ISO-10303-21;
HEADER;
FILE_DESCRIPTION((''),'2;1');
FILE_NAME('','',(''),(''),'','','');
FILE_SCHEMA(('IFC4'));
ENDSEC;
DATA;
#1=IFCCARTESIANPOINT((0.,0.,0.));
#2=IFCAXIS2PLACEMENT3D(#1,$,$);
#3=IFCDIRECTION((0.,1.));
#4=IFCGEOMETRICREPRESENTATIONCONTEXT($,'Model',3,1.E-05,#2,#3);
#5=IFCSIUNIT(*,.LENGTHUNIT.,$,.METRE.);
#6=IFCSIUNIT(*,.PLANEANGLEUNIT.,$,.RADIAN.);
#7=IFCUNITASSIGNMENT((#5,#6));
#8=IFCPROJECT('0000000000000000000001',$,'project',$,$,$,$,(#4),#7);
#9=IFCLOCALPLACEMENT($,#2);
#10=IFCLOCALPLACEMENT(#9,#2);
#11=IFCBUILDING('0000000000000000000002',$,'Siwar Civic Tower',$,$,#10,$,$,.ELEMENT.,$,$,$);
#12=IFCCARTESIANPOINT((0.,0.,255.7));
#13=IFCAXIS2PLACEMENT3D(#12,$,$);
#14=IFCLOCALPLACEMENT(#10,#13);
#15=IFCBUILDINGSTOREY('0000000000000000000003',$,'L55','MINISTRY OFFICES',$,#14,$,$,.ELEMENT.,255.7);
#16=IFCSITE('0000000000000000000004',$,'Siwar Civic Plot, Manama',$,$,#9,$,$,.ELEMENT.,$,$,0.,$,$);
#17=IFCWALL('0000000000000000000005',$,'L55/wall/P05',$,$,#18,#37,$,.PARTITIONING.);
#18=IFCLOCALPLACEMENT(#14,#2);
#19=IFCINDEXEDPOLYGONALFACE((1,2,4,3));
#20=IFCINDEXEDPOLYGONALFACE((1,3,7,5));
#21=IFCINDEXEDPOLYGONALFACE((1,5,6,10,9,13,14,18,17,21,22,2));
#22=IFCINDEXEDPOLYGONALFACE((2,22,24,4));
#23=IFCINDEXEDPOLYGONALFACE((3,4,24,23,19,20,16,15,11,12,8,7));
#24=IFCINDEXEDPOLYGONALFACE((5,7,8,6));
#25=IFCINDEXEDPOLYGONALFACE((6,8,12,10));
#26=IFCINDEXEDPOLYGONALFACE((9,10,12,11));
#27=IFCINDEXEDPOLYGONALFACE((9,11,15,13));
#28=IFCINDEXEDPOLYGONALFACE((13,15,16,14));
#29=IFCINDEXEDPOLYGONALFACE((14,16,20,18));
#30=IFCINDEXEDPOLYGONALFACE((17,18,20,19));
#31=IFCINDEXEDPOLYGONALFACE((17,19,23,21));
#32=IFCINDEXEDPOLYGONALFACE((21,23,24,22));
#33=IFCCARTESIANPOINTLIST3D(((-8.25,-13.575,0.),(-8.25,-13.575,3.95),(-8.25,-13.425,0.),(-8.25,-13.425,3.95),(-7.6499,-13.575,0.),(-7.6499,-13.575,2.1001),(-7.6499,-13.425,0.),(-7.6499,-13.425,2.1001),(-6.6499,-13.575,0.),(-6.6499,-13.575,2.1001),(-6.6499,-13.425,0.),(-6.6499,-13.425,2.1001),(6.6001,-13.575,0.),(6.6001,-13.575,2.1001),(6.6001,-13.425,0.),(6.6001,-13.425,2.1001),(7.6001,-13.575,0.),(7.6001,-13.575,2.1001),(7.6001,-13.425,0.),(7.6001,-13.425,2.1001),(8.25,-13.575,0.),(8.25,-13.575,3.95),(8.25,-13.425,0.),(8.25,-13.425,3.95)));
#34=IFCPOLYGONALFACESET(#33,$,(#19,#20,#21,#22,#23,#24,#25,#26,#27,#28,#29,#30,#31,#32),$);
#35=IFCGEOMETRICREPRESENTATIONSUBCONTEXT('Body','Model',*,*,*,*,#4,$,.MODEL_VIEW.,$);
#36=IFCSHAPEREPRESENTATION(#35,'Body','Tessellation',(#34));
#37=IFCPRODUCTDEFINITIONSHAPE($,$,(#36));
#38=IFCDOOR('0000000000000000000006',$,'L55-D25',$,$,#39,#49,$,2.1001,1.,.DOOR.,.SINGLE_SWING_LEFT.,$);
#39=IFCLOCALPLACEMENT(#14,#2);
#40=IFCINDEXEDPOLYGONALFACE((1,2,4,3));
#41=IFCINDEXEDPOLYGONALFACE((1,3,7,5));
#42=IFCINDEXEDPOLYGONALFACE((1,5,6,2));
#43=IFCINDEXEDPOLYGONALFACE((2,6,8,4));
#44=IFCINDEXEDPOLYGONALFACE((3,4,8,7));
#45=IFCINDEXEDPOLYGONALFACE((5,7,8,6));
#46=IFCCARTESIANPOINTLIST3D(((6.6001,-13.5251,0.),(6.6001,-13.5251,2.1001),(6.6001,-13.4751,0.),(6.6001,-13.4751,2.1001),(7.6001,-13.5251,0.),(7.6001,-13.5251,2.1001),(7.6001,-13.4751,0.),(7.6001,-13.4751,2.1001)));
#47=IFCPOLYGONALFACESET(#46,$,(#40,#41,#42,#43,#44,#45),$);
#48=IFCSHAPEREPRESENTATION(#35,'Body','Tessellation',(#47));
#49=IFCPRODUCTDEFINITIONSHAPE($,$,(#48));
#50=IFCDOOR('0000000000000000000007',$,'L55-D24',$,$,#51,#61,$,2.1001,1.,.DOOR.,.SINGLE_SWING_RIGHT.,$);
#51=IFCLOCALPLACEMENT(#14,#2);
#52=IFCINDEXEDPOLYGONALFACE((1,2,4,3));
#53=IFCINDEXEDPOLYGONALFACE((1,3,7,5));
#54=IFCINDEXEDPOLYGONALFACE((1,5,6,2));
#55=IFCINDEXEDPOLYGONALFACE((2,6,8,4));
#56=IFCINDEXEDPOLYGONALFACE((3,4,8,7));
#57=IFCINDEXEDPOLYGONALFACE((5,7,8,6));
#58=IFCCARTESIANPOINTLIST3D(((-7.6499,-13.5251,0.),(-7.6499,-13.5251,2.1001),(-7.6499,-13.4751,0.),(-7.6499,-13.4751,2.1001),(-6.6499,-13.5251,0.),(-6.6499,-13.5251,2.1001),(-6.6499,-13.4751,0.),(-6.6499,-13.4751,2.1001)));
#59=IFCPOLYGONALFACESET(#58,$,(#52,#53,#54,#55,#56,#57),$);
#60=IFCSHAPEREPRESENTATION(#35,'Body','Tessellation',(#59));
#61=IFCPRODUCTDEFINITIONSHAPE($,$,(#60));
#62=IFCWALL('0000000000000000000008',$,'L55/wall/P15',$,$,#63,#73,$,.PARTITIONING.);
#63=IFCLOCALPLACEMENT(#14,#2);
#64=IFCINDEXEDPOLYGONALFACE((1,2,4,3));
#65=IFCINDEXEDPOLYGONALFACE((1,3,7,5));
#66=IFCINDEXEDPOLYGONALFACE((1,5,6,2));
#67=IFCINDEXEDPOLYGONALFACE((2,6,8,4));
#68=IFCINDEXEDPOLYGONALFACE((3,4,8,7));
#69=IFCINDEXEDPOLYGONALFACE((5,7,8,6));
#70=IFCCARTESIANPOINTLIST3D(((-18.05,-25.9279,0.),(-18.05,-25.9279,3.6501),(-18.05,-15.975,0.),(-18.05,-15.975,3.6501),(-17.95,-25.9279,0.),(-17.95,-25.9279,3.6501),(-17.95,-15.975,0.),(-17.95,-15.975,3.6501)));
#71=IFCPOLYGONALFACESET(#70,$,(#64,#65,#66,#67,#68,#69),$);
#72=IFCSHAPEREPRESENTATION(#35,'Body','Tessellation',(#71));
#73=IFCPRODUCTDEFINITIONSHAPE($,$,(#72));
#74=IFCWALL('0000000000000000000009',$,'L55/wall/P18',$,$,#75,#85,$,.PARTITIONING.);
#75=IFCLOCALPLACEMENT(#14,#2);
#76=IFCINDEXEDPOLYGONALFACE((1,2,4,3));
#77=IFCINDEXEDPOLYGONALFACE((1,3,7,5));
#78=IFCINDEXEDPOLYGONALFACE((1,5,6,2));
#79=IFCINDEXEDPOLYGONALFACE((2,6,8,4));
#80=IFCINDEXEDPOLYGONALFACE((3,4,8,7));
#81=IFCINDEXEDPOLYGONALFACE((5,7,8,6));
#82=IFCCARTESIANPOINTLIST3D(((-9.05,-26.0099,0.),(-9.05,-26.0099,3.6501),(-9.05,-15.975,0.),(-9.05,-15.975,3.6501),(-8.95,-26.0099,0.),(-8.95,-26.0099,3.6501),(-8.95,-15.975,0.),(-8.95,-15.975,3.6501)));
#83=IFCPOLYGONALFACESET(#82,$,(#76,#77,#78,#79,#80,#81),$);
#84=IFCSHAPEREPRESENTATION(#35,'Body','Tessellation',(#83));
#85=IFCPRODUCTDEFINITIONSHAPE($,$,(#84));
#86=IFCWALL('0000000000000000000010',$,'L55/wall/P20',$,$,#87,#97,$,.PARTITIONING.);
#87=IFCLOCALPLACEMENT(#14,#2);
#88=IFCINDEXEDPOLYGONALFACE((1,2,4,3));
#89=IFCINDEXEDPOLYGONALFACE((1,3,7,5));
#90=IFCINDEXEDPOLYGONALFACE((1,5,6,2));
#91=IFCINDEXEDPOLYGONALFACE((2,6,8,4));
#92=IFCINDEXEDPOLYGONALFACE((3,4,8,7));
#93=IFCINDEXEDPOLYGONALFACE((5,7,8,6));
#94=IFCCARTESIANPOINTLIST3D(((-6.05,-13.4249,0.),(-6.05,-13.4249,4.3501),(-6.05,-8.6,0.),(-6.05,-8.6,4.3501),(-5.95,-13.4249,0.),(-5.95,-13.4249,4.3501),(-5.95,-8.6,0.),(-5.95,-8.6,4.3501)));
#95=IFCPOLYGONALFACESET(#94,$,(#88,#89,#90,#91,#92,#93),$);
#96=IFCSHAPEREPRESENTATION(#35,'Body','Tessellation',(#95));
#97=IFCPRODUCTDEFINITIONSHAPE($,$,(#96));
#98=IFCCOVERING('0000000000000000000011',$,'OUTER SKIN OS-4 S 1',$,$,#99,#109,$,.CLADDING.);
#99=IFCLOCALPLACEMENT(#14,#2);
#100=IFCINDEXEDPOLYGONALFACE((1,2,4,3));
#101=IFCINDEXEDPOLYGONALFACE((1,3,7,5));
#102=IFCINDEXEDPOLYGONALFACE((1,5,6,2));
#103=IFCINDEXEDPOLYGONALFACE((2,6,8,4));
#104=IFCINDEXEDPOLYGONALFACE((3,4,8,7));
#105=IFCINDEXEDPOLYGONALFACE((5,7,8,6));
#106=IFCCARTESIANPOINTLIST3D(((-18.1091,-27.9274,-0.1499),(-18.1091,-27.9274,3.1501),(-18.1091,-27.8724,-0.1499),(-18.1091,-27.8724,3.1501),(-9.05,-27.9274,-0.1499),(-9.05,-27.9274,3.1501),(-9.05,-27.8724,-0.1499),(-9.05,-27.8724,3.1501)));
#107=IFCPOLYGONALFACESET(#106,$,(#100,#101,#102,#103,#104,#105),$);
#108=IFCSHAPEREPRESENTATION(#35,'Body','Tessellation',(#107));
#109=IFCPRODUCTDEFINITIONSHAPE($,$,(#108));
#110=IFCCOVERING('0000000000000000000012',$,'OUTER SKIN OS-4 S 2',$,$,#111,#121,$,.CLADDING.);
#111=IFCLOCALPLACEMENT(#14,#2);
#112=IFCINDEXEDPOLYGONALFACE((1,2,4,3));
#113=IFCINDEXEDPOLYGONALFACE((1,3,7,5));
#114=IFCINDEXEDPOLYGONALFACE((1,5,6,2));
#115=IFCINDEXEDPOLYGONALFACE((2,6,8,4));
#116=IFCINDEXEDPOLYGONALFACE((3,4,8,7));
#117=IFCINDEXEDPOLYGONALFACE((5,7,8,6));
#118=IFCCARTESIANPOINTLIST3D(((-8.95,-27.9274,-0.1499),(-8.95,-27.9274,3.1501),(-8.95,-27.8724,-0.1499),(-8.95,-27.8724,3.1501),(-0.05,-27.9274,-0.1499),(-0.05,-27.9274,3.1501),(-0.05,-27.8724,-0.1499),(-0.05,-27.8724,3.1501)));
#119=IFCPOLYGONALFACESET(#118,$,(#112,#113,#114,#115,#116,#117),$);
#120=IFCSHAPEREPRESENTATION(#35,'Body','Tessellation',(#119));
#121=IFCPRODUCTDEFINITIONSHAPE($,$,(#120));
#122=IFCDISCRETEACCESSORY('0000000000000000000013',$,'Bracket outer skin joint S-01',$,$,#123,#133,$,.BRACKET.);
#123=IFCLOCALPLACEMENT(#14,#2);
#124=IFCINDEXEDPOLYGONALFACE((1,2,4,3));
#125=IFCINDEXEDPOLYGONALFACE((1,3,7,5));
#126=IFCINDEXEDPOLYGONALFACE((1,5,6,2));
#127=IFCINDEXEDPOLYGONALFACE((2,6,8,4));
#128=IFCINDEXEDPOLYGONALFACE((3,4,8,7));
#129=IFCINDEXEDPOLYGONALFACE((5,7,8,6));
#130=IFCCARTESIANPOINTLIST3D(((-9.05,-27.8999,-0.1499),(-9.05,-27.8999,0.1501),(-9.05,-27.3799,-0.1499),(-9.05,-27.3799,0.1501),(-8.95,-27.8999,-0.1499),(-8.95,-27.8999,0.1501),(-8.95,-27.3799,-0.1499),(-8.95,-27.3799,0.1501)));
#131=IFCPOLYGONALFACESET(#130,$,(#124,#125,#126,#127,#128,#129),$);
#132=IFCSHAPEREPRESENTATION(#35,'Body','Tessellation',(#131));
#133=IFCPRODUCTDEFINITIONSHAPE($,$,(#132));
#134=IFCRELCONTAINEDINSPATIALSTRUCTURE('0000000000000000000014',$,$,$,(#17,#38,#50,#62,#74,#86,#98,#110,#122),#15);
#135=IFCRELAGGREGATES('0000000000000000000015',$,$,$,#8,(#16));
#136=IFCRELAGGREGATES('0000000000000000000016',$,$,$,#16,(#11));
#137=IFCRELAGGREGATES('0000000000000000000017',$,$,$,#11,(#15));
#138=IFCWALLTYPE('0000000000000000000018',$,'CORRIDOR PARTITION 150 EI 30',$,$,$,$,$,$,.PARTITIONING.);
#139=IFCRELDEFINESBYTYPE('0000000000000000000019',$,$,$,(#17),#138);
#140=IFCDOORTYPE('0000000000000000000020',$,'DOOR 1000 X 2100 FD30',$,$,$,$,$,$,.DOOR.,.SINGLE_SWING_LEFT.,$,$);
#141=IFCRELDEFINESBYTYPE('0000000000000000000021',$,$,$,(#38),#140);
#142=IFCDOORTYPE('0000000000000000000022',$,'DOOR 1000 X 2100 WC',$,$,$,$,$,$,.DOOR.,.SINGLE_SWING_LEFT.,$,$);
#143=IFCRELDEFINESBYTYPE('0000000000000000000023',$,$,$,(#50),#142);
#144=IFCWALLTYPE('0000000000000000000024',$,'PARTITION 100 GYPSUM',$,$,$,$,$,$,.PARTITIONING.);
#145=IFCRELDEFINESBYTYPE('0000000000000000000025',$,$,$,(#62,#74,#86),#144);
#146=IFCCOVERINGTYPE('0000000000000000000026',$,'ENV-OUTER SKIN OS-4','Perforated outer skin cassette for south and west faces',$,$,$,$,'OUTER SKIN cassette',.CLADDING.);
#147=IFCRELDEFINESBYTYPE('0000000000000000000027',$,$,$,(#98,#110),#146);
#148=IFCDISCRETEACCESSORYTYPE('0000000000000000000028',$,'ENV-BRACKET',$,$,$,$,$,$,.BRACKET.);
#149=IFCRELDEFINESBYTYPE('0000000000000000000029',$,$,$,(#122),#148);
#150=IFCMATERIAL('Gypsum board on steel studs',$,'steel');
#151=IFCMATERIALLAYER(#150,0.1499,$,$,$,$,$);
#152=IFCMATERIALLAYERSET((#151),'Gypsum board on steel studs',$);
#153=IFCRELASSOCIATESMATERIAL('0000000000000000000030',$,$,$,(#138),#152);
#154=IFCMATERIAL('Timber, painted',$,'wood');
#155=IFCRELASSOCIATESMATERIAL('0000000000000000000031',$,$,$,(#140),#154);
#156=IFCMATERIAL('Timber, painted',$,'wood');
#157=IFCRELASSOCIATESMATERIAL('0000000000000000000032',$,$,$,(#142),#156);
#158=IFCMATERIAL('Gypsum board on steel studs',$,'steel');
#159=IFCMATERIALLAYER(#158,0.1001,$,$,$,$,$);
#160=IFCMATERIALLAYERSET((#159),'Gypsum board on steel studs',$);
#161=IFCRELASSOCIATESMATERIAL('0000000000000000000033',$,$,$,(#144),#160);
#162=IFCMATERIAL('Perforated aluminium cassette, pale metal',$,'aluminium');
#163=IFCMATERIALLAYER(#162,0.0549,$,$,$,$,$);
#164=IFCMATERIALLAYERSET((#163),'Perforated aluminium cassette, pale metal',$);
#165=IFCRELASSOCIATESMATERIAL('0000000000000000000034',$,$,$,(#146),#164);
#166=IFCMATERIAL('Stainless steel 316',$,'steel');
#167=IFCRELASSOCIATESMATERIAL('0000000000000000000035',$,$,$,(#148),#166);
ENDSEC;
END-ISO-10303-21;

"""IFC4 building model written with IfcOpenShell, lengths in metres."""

from ifc_helpers import new_model, si_unit, direction, frame, frame_2d, origin, origin_2d, place, context, subcontext, project, spatial, rectangle, extrude, material, layer, layer_set, type_object, element, fill, save


model = new_model("IFC4")

# Units and contexts
model_context = context("Model", 3, precision=1e-05, world=origin(), true_north=direction((0.0, 1.0)))
body_context = subcontext(model_context, "Body", "Model", "MODEL_VIEW")
ifc_project = project(units=[si_unit("LENGTHUNIT", "METRE"), si_unit("PLANEANGLEUNIT", "RADIAN")], contexts=[model_context])

# Site, building, storey
site_placement = place(None, origin())
site = spatial("IfcSite", under=ifc_project, at=site_placement, Name="Siwar Civic Plot, Manama", CompositionType="ELEMENT", RefElevation=0.0)
building_placement = place(site_placement, origin())
building = spatial("IfcBuilding", under=site, at=building_placement, Name="Siwar Civic Tower", CompositionType="ELEMENT")
storey_placement = place(building_placement, frame((0.0, 0.0, 255.7)))
storey = spatial("IfcBuildingStorey", under=building, at=storey_placement, Name="L55", Description="MINISTRY OFFICES", CompositionType="ELEMENT", Elevation=255.7)

# Wall, openings, doors
ifc_material_1 = material(Name="Gypsum board on steel studs", Category="steel")
ifc_layer_1 = layer(ifc_material_1, 0.1499)
ifc_layer_set_1 = layer_set([ifc_layer_1], Name="Gypsum board on steel studs")
wall_type_1 = type_object("IfcWallType", Name="CORRIDOR PARTITION 150 EI 30", PredefinedType="PARTITIONING", material=ifc_layer_set_1)
wall_1_placement = place(storey_placement, frame((-8.25, -13.5, 0.0), z_axis=(0.0, 0.0, 1.0), x_axis=(1.0, 0.0, 0.0)))
wall_1 = element("IfcWall", 1, at=wall_1_placement, inside=storey, type_object=wall_type_1, Name="L55/wall/P05", PredefinedType="PARTITIONING", context=body_context, shape_type="SweptSolid", body=[
    extrude(rectangle(XDim=16.5, YDim=0.1499, at=frame_2d((8.25, 0.0))), origin(), (0.0, 0.0, 1.0), 3.95),
])
opening_1_placement = place(wall_1_placement, frame((0.6001, 0.0, 0.0)))
opening_1 = element("IfcOpeningElement", 2, at=opening_1_placement, cuts=wall_1, PredefinedType="OPENING", context=body_context, shape_type="SweptSolid", body=[
    extrude(rectangle(XDim=1.0, YDim=2.1001, at=frame_2d((0.5, 1.05))), frame((0.0, 0.085, 0.0), z_axis=(0.0, -1.0, 0.0), x_axis=(1.0, 0.0, 0.0)), (0.0, 0.0, 1.0), 0.1699),
])
opening_2_placement = place(wall_1_placement, frame((14.8501, 0.0, 0.0)))
opening_2 = element("IfcOpeningElement", 3, at=opening_2_placement, cuts=wall_1, PredefinedType="OPENING", context=body_context, shape_type="SweptSolid", body=[
    extrude(rectangle(XDim=1.0, YDim=2.1001, at=frame_2d((0.5, 1.05))), frame((0.0, 0.085, 0.0), z_axis=(0.0, -1.0, 0.0), x_axis=(1.0, 0.0, 0.0)), (0.0, 0.0, 1.0), 0.1699),
])
ifc_material_2 = material(Name="Timber, painted", Category="wood")
door_type_1 = type_object("IfcDoorType", Name="DOOR 1000 X 2100 FD30", OperationType="SINGLE_SWING_LEFT", PredefinedType="DOOR", material=ifc_material_2)
door_1_placement = place(opening_2_placement, origin())
door_1 = element("IfcDoor", 4, at=door_1_placement, inside=storey, type_object=door_type_1, Name="L55-D25", OperationType="SINGLE_SWING_LEFT", OverallHeight=2.1001, OverallWidth=1.0, PredefinedType="DOOR", context=body_context, shape_type="SweptSolid", body=[
    extrude(rectangle(XDim=1.0, YDim=2.1001, at=frame_2d((0.5, 1.05))), frame((0.0, 0.0249, 0.0), z_axis=(0.0, -1.0, 0.0), x_axis=(1.0, 0.0, 0.0)), (0.0, 0.0, 1.0), 0.05),
])
fill(opening_2, door_1)
ifc_material_3 = material(Name="Timber, painted", Category="wood")
door_type_2 = type_object("IfcDoorType", Name="DOOR 1000 X 2100 WC", OperationType="SINGLE_SWING_LEFT", PredefinedType="DOOR", material=ifc_material_3)
door_2_placement = place(opening_1_placement, origin())
door_2 = element("IfcDoor", 5, at=door_2_placement, inside=storey, type_object=door_type_2, Name="L55-D24", OperationType="SINGLE_SWING_RIGHT", OverallHeight=2.1001, OverallWidth=1.0, PredefinedType="DOOR", context=body_context, shape_type="SweptSolid", body=[
    extrude(rectangle(XDim=1.0, YDim=2.1001, at=frame_2d((0.5, 1.05))), frame((0.0, 0.0249, 0.0), z_axis=(0.0, -1.0, 0.0), x_axis=(1.0, 0.0, 0.0)), (0.0, 0.0, 1.0), 0.05),
])
fill(opening_1, door_2)

# Walls
ifc_material_4 = material(Name="Gypsum board on steel studs", Category="steel")
ifc_layer_2 = layer(ifc_material_4, 0.1001)
ifc_layer_set_2 = layer_set([ifc_layer_2], Name="Gypsum board on steel studs")
wall_type_2 = type_object("IfcWallType", Name="PARTITION 100 GYPSUM", PredefinedType="PARTITIONING", material=ifc_layer_set_2)
wall_2_placement = place(storey_placement, frame((-18.0, -25.928, 0.0), z_axis=(0.0, 0.0, 1.0), x_axis=(0.0, 1.0, 0.0)))
element("IfcWall", 6, at=wall_2_placement, inside=storey, type_object=wall_type_2, Name="L55/wall/P15", PredefinedType="PARTITIONING", context=body_context, shape_type="SweptSolid", body=[
    extrude(rectangle(XDim=9.9529, YDim=0.1001, at=frame_2d((4.9766, 0.0))), origin(), (0.0, 0.0, 1.0), 3.6501),
])
wall_3_placement = place(storey_placement, frame((-9.0, -26.01, 0.0), z_axis=(0.0, 0.0, 1.0), x_axis=(0.0, 1.0, 0.0)))
element("IfcWall", 7, at=wall_3_placement, inside=storey, type_object=wall_type_2, Name="L55/wall/P18", PredefinedType="PARTITIONING", context=body_context, shape_type="SweptSolid", body=[
    extrude(rectangle(XDim=10.0349, YDim=0.1001, at=frame_2d((5.0176, 0.0))), origin(), (0.0, 0.0, 1.0), 3.6501),
])
wall_4_placement = place(storey_placement, frame((-6.0, -13.425, 0.0), z_axis=(0.0, 0.0, 1.0), x_axis=(0.0, 1.0, 0.0)))
element("IfcWall", 8, at=wall_4_placement, inside=storey, type_object=wall_type_2, Name="L55/wall/P20", PredefinedType="PARTITIONING", context=body_context, shape_type="SweptSolid", body=[
    extrude(rectangle(XDim=4.825, YDim=0.1001, at=frame_2d((2.4126, 0.0))), origin(), (0.0, 0.0, 1.0), 4.3501),
])

# Coverings
ifc_material_5 = material(Name="Perforated aluminium cassette, pale metal", Category="aluminium")
ifc_layer_3 = layer(ifc_material_5, 0.0549)
ifc_layer_set_3 = layer_set([ifc_layer_3], Name="Perforated aluminium cassette, pale metal")
covering_type = type_object("IfcCoveringType", Name="ENV-OUTER SKIN OS-4", Description="Perforated outer skin cassette for south and west faces", ElementType="OUTER SKIN cassette", PredefinedType="CLADDING", material=ifc_layer_set_3)
covering_1_placement = place(storey_placement, frame((-13.5796, -27.8999, -0.1499), z_axis=(0.0, 0.0, 1.0), x_axis=(1.0, 0.0, 0.0)))
element("IfcCovering", 9, at=covering_1_placement, inside=storey, type_object=covering_type, Name="OUTER SKIN OS-4 S 1", PredefinedType="CLADDING", context=body_context, shape_type="SweptSolid", body=[
    extrude(rectangle(XDim=9.0591, YDim=0.0549, at=origin_2d()), origin(), (0.0, 0.0, 1.0), 3.3),
])
covering_2_placement = place(storey_placement, frame((-4.5, -27.8999, -0.1499), z_axis=(0.0, 0.0, 1.0), x_axis=(1.0, 0.0, 0.0)))
element("IfcCovering", 10, at=covering_2_placement, inside=storey, type_object=covering_type, Name="OUTER SKIN OS-4 S 2", PredefinedType="CLADDING", context=body_context, shape_type="SweptSolid", body=[
    extrude(rectangle(XDim=8.8999, YDim=0.0549, at=origin_2d()), origin(), (0.0, 0.0, 1.0), 3.3),
])

# Discrete accessory
ifc_material_6 = material(Name="Stainless steel 316", Category="steel")
discrete_accessory_type = type_object("IfcDiscreteAccessoryType", Name="ENV-BRACKET", PredefinedType="BRACKET", material=ifc_material_6)
discrete_accessory_placement = place(storey_placement, frame((-9.0, -27.6399, -0.1499), z_axis=(0.0, 0.0, 1.0), x_axis=(0.0, -1.0, 0.0)))
element("IfcDiscreteAccessory", 11, at=discrete_accessory_placement, inside=storey, type_object=discrete_accessory_type, Name="Bracket outer skin joint S-01", PredefinedType="BRACKET", context=body_context, shape_type="SweptSolid", body=[
    extrude(rectangle(XDim=0.52, YDim=0.1001, at=origin_2d()), origin(), (0.0, 0.0, 1.0), 0.3),
])

save(model, "model.ifc")
